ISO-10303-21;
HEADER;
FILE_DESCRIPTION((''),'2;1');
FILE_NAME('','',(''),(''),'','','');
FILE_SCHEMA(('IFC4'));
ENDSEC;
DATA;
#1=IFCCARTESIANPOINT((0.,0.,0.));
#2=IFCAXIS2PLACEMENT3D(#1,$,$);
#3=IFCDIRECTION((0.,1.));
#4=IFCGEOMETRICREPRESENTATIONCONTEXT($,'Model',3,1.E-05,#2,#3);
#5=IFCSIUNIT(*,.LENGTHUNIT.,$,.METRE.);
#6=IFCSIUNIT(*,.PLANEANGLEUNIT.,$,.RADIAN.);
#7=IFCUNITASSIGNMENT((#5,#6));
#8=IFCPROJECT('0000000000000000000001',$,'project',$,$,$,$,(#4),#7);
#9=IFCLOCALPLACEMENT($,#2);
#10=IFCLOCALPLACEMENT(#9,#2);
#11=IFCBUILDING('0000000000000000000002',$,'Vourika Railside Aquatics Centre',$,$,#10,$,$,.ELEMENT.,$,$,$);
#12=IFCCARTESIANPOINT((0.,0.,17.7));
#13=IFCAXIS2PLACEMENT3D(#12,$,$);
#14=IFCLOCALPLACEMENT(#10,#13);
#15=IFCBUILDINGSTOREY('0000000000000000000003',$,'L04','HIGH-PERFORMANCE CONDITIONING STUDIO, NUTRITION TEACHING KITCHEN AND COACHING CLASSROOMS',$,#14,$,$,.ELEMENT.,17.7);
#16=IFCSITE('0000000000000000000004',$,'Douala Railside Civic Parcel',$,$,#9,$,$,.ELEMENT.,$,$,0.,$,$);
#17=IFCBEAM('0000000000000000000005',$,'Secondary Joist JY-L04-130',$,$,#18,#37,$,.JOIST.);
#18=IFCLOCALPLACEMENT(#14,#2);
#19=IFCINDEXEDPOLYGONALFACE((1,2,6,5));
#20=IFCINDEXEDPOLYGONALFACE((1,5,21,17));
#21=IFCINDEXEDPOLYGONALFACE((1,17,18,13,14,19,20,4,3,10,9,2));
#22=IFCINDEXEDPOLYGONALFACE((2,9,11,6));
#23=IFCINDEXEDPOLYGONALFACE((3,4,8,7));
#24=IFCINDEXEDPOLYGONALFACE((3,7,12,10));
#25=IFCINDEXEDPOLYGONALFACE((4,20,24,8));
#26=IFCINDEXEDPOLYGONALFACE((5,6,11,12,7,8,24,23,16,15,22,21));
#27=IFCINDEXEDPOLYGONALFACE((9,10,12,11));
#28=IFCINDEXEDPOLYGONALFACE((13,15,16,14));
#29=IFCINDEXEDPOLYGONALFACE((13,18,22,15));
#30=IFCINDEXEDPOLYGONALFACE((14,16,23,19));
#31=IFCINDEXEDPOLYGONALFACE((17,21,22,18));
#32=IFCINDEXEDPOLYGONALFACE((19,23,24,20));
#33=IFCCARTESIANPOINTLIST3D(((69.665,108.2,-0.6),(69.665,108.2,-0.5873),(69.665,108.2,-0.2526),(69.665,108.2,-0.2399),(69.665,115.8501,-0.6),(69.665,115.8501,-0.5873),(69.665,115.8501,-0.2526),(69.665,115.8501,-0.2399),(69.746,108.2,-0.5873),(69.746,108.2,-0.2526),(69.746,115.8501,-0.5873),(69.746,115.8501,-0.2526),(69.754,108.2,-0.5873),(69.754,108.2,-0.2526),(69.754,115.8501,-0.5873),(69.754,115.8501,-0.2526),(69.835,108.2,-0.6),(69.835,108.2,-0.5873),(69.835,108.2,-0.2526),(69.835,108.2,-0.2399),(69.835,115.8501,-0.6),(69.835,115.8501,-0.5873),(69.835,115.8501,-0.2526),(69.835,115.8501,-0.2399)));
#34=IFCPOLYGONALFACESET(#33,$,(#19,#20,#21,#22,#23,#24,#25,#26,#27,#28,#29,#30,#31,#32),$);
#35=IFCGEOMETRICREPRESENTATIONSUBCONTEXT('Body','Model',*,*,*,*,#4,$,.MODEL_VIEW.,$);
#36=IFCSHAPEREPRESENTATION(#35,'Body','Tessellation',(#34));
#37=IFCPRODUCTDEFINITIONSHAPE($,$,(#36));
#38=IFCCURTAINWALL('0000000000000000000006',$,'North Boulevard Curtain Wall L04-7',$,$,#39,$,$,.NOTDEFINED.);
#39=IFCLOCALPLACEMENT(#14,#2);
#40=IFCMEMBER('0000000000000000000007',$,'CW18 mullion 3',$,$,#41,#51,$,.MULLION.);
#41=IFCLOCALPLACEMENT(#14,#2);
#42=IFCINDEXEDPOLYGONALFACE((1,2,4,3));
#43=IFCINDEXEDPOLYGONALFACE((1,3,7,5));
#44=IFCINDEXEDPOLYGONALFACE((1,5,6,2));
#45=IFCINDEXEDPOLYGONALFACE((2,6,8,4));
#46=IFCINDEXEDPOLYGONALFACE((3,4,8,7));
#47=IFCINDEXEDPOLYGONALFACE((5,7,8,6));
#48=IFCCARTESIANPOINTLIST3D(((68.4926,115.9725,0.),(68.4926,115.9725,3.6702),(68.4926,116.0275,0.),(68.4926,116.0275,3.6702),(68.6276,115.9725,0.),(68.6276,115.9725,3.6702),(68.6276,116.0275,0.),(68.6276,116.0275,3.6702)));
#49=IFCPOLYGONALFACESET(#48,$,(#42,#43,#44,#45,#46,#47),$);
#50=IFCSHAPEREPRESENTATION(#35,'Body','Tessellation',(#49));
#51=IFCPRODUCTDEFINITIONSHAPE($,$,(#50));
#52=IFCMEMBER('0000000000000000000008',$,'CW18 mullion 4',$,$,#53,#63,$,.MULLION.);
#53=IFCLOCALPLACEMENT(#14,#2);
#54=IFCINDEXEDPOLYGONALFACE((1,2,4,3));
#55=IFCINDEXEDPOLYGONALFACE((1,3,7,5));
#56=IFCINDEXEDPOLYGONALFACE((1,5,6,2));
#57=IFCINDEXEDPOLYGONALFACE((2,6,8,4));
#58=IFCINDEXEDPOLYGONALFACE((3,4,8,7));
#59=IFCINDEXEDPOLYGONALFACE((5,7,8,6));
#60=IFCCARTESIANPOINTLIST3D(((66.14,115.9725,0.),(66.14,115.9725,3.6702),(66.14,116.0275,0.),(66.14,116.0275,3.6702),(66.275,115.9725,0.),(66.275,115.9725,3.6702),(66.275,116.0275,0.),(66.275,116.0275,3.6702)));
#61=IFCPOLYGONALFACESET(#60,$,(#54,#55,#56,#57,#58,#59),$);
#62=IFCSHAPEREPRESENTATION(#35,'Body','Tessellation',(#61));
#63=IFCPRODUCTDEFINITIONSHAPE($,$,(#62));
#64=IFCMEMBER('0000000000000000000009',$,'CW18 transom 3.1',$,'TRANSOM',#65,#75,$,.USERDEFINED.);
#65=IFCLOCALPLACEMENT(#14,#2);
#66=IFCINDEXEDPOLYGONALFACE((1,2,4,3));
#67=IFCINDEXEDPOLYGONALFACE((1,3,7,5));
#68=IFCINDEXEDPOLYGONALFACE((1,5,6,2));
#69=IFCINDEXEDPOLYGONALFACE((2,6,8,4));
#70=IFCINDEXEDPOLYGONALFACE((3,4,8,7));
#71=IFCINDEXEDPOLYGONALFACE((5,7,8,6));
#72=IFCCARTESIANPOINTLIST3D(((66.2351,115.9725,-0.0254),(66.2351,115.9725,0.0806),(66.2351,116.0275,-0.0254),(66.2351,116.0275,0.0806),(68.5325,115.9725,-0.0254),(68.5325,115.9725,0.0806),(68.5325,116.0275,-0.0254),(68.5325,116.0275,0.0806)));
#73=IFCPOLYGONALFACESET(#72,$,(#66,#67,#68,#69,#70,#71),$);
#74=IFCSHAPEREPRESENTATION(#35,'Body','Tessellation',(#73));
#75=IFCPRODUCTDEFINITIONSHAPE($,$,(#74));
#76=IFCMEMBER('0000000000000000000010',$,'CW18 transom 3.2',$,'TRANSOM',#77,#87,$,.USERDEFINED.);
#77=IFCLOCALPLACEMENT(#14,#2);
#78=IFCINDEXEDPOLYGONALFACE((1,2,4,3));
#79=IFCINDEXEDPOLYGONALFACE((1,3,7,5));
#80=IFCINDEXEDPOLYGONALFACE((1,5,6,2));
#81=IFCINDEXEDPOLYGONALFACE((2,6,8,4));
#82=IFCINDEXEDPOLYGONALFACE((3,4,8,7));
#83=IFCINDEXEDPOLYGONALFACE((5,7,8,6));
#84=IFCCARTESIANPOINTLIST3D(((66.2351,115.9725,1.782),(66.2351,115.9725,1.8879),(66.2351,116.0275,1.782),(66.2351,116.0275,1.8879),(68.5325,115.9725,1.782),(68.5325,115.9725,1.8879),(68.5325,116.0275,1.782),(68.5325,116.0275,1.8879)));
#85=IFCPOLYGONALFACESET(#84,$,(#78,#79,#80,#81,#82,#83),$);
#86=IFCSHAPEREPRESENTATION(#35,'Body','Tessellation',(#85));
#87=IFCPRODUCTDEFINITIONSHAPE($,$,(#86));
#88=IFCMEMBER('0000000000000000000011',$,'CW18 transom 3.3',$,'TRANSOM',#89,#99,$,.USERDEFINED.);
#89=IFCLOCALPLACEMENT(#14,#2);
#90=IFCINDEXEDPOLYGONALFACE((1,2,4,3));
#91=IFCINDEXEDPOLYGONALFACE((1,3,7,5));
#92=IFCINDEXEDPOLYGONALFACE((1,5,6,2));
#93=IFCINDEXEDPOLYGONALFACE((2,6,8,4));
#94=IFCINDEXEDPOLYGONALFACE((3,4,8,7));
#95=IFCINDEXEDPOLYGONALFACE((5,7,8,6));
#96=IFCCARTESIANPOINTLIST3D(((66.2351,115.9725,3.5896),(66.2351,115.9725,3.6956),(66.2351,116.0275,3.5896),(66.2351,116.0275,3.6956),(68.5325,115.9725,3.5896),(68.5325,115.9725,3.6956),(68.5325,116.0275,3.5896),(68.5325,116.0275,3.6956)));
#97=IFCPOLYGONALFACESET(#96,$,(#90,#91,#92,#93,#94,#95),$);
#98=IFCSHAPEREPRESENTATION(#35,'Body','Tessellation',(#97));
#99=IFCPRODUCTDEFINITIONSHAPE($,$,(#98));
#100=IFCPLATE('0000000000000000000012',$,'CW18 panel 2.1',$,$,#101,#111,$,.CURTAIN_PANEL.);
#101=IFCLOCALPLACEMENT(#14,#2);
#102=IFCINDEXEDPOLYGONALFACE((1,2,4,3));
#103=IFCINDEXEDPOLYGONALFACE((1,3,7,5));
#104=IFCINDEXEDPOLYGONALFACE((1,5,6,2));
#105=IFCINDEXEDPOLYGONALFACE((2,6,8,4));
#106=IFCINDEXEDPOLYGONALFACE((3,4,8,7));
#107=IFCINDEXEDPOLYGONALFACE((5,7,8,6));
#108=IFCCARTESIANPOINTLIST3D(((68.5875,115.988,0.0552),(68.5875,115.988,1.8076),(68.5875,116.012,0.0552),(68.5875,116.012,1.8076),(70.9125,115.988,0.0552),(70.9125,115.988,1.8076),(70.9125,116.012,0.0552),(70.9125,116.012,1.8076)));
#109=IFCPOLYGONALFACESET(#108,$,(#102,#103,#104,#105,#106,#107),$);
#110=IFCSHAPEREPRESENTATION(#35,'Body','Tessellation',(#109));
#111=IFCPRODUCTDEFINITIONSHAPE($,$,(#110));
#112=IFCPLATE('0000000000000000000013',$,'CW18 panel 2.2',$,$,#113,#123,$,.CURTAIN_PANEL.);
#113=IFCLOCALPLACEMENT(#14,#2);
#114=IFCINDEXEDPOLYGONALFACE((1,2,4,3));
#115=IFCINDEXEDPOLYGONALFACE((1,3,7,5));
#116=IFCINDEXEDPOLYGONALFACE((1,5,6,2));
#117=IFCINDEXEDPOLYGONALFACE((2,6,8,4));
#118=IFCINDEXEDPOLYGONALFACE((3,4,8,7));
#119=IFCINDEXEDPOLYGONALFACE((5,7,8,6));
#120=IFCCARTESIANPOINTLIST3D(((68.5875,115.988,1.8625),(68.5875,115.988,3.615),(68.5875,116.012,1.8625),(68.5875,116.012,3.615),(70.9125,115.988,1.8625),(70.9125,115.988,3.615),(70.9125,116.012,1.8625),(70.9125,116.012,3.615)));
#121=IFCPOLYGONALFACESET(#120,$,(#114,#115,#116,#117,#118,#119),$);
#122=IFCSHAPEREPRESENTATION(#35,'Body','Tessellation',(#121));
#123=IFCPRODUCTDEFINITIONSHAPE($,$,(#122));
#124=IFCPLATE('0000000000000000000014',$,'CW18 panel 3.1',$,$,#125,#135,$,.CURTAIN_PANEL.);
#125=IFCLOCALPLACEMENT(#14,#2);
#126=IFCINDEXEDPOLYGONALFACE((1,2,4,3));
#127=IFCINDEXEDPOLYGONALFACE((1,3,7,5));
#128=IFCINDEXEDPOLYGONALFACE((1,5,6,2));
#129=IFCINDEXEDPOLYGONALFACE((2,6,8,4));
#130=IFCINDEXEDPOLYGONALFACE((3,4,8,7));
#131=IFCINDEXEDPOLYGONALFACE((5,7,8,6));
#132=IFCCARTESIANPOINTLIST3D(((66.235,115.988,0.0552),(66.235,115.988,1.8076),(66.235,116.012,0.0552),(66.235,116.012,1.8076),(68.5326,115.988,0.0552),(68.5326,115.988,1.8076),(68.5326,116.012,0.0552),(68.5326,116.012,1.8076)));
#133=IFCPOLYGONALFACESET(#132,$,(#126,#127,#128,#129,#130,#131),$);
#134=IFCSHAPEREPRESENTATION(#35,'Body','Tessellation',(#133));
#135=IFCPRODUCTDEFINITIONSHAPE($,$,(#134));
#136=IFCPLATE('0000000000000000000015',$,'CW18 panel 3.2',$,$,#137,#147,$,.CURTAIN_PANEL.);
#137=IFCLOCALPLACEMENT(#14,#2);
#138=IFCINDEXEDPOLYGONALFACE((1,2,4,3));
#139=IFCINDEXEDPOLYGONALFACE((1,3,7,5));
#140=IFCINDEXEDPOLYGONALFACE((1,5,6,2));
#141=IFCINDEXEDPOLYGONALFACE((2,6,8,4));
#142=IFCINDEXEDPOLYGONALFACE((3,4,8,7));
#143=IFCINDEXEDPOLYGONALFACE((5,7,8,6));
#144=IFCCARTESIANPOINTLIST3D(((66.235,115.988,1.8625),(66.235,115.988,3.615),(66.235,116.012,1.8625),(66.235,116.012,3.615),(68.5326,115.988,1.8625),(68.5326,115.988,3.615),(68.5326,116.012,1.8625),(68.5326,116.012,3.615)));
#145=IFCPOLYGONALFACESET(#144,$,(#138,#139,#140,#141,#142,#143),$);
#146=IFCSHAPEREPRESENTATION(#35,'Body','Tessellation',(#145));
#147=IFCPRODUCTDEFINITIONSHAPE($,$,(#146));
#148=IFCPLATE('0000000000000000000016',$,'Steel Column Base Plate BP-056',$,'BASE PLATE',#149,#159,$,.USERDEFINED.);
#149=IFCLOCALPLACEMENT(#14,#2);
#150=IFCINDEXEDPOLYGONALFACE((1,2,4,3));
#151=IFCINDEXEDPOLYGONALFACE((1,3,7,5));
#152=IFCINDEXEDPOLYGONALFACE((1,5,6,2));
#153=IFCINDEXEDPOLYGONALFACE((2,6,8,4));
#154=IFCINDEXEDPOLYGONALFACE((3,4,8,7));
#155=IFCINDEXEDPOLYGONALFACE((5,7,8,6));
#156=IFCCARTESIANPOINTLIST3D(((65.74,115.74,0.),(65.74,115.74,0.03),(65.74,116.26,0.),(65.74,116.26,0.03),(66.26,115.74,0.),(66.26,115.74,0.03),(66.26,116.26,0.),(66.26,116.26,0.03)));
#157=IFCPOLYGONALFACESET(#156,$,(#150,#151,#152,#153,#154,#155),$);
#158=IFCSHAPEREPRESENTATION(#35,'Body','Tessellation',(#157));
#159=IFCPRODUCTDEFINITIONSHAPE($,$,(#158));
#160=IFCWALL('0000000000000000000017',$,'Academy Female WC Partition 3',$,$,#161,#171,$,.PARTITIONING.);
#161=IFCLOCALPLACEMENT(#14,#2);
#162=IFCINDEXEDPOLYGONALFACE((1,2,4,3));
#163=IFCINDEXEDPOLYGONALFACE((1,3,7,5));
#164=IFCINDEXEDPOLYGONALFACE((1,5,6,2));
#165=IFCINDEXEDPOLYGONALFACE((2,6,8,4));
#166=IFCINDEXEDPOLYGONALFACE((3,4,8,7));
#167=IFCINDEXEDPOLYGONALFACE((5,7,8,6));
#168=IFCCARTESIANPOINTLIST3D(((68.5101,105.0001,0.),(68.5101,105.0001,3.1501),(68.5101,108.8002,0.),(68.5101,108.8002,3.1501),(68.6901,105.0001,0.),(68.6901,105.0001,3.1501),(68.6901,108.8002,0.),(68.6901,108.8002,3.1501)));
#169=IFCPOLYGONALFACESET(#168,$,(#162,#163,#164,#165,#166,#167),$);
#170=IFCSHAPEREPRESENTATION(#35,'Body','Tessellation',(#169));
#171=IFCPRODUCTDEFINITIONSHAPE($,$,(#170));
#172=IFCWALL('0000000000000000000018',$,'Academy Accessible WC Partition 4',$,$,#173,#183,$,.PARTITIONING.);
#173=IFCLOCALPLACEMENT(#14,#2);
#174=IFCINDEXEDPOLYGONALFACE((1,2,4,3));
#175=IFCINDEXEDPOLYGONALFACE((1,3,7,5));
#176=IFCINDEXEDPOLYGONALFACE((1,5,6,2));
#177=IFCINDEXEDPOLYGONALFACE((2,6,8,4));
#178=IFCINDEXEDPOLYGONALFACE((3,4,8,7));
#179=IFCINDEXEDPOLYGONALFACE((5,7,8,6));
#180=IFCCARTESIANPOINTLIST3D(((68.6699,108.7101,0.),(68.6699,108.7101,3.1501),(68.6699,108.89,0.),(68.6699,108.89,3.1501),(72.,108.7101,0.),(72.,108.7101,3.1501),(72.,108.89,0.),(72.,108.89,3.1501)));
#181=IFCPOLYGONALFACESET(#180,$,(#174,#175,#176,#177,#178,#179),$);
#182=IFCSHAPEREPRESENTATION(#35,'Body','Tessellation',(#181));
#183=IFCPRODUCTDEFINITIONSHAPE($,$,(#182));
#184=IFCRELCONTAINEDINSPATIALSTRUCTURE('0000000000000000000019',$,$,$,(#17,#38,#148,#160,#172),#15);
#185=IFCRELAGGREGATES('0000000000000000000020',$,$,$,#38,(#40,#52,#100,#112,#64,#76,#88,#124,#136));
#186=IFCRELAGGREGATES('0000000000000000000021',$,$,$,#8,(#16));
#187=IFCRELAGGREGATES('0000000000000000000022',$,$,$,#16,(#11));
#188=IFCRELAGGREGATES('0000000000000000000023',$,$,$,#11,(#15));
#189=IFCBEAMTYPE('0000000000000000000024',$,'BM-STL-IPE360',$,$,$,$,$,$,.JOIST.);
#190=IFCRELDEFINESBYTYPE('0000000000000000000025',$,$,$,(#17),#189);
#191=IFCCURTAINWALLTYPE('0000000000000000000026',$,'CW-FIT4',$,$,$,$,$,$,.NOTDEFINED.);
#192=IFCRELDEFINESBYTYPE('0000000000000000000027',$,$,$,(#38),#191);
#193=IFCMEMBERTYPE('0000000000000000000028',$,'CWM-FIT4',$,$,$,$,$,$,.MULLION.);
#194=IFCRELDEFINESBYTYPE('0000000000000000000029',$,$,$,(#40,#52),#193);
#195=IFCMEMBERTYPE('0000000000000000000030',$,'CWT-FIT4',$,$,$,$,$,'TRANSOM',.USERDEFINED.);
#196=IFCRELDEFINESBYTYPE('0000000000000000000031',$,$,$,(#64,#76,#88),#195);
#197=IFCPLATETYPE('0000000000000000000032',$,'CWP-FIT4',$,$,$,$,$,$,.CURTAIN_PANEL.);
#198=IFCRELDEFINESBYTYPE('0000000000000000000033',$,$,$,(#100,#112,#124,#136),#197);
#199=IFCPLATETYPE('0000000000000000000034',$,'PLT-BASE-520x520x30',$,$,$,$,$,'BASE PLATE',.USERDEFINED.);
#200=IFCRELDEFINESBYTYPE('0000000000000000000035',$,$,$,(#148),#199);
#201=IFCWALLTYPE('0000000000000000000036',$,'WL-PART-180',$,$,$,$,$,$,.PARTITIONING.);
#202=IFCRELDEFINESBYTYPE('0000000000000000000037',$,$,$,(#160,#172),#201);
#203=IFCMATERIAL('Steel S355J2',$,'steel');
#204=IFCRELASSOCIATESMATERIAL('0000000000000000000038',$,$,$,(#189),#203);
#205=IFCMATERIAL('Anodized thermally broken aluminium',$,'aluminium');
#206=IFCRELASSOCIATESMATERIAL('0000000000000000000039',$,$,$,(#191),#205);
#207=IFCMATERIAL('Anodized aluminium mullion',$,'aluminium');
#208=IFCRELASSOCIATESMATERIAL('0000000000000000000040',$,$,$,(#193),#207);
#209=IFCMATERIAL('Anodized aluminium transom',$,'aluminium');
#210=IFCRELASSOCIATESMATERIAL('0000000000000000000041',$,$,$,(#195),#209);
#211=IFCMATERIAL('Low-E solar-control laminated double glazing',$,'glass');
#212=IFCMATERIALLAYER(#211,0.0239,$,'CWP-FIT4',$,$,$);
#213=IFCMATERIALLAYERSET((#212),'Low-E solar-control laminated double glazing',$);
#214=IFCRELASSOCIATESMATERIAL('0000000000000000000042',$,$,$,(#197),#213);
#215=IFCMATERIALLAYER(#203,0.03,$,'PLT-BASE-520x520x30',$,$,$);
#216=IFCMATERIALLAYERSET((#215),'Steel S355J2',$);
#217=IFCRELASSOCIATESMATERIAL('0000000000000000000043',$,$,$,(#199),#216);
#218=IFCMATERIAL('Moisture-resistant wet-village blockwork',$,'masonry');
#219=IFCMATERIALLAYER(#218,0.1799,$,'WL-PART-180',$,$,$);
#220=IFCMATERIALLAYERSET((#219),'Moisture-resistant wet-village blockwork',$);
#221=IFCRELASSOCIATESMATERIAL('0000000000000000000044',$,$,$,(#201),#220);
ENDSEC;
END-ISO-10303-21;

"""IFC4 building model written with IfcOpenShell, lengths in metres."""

from ifc_helpers import new_model, si_unit, direction, frame, frame_2d, origin, origin_2d, place, context, subcontext, project, spatial, rectangle, i_section, extrude, material, layer, layer_set, material_profile, profile_set, type_object, element, aggregate, save


model = new_model("IFC4")

# Units and contexts
model_context = context("Model", 3, precision=1e-05, world=origin(), true_north=direction((0.0, 1.0)))
body_context = subcontext(model_context, "Body", "Model", "MODEL_VIEW")
ifc_project = project(units=[si_unit("LENGTHUNIT", "METRE"), si_unit("PLANEANGLEUNIT", "RADIAN")], contexts=[model_context])

# Site, building, storey
site_placement = place(None, origin())
site = spatial("IfcSite", under=ifc_project, at=site_placement, Name="Douala Railside Civic Parcel", CompositionType="ELEMENT", RefElevation=0.0)
building_placement = place(site_placement, origin())
building = spatial("IfcBuilding", under=site, at=building_placement, Name="Vourika Railside Aquatics Centre", CompositionType="ELEMENT")
storey_placement = place(building_placement, frame((0.0, 0.0, 17.7)))
storey = spatial("IfcBuildingStorey", under=building, at=storey_placement, Name="L04", Description="HIGH-PERFORMANCE CONDITIONING STUDIO, NUTRITION TEACHING KITCHEN AND COACHING CLASSROOMS", CompositionType="ELEMENT", Elevation=17.7)

# Beam
ifc_material_1 = material(Name="Steel S355J2", Category="steel")
ifc_material_profile_1 = material_profile(ifc_material_1, i_section(OverallWidth=0.1699, OverallDepth=0.3601, WebThickness=0.0081, FlangeThickness=0.0127, at=origin_2d()), Name="IPE 360")
ifc_profile_set_1 = profile_set([ifc_material_profile_1], Name="Steel S355J2")
beam_type = type_object("IfcBeamType", Name="BM-STL-IPE360", PredefinedType="JOIST", material=ifc_profile_set_1)
beam_placement = place(storey_placement, frame((69.75, 108.2, -0.4199), z_axis=(0.0, 1.0, 0.0), x_axis=(-1.0, 0.0, 0.0)))
element("IfcBeam", 1, at=beam_placement, inside=storey, type_object=beam_type, Name="Secondary Joist JY-L04-130", PredefinedType="JOIST", context=body_context, shape_type="SweptSolid", body=[
    extrude(i_section(OverallWidth=0.1699, OverallDepth=0.3601, WebThickness=0.0081, FlangeThickness=0.0127, at=origin_2d()), origin(), (0.0, 0.0, 1.0), 7.6501),
])

# Curtain wall, members, plates
ifc_material_2 = material(Name="Anodized thermally broken aluminium", Category="aluminium")
curtain_wall_type = type_object("IfcCurtainWallType", Name="CW-FIT4", PredefinedType="NOTDEFINED", material=ifc_material_2)
curtain_wall_placement = place(storey_placement, origin())
curtain_wall = element("IfcCurtainWall", 2, at=curtain_wall_placement, inside=storey, type_object=curtain_wall_type, Name="North Boulevard Curtain Wall L04-7", PredefinedType="NOTDEFINED")
ifc_material_3 = material(Name="Anodized aluminium mullion", Category="aluminium")
ifc_material_profile_2 = material_profile(ifc_material_3, rectangle(XDim=0.0549, YDim=0.135, at=origin_2d()), Name="ALU-M 55x135")
ifc_profile_set_2 = profile_set([ifc_material_profile_2], Name="Anodized aluminium mullion")
member_type_1 = type_object("IfcMemberType", Name="CWM-FIT4", PredefinedType="MULLION", material=ifc_profile_set_2)
member_1_placement = place(storey_placement, frame((68.5601, 116.0, 0.0), z_axis=(0.0, 0.0, 1.0), x_axis=(0.0, -1.0, 0.0)))
member_1 = element("IfcMember", 3, at=member_1_placement, type_object=member_type_1, Name="CW18 mullion 3", PredefinedType="MULLION", context=body_context, shape_type="SweptSolid", body=[
    extrude(rectangle(XDim=0.0549, YDim=0.135, at=origin_2d()), origin(), (0.0, 0.0, 1.0), 3.6702),
])
member_2_placement = place(storey_placement, frame((66.2075, 116.0, 0.0), z_axis=(0.0, 0.0, 1.0), x_axis=(0.0, -1.0, 0.0)))
member_2 = element("IfcMember", 4, at=member_2_placement, type_object=member_type_1, Name="CW18 mullion 4", PredefinedType="MULLION", context=body_context, shape_type="SweptSolid", body=[
    extrude(rectangle(XDim=0.0549, YDim=0.135, at=origin_2d()), origin(), (0.0, 0.0, 1.0), 3.6702),
])
ifc_material_4 = material(Name="Anodized aluminium transom", Category="aluminium")
ifc_material_profile_3 = material_profile(ifc_material_4, rectangle(XDim=0.0549, YDim=0.106, at=origin_2d()), Name="ALU-T 55x106")
ifc_profile_set_3 = profile_set([ifc_material_profile_3], Name="Anodized aluminium transom")
member_type_2 = type_object("IfcMemberType", Name="CWT-FIT4", ElementType="TRANSOM", PredefinedType="USERDEFINED", material=ifc_profile_set_3)
member_3_placement = place(storey_placement, frame((68.5325, 116.0, 0.0276), z_axis=(-1.0, 0.0, 0.0), x_axis=(0.0, -1.0, 0.0)))
member_3 = element("IfcMember", 5, at=member_3_placement, type_object=member_type_2, Name="CW18 transom 3.1", ObjectType="TRANSOM", PredefinedType="USERDEFINED", context=body_context, shape_type="SweptSolid", body=[
    extrude(rectangle(XDim=0.0549, YDim=0.106, at=origin_2d()), origin(), (0.0, 0.0, 1.0), 2.2974),
])
member_4_placement = place(storey_placement, frame((68.5325, 116.0, 1.835), z_axis=(-1.0, 0.0, 0.0), x_axis=(0.0, -1.0, 0.0)))
member_4 = element("IfcMember", 6, at=member_4_placement, type_object=member_type_2, Name="CW18 transom 3.2", ObjectType="TRANSOM", PredefinedType="USERDEFINED", context=body_context, shape_type="SweptSolid", body=[
    extrude(rectangle(XDim=0.0549, YDim=0.106, at=origin_2d()), origin(), (0.0, 0.0, 1.0), 2.2974),
])
member_5_placement = place(storey_placement, frame((68.5325, 116.0, 3.6426), z_axis=(-1.0, 0.0, 0.0), x_axis=(0.0, -1.0, 0.0)))
member_5 = element("IfcMember", 7, at=member_5_placement, type_object=member_type_2, Name="CW18 transom 3.3", ObjectType="TRANSOM", PredefinedType="USERDEFINED", context=body_context, shape_type="SweptSolid", body=[
    extrude(rectangle(XDim=0.0549, YDim=0.106, at=origin_2d()), origin(), (0.0, 0.0, 1.0), 2.2974),
])
ifc_material_5 = material(Name="Low-E solar-control laminated double glazing", Category="glass")
ifc_layer_1 = layer(ifc_material_5, 0.0239, Name="CWP-FIT4")
ifc_layer_set_1 = layer_set([ifc_layer_1], Name="Low-E solar-control laminated double glazing")
plate_type_1 = type_object("IfcPlateType", Name="CWP-FIT4", PredefinedType="CURTAIN_PANEL", material=ifc_layer_set_1)
plate_1_placement = place(storey_placement, frame((69.75, 116.0, 0.0552), z_axis=(0.0, 0.0, 1.0), x_axis=(-1.0, 0.0, 0.0)))
plate_1 = element("IfcPlate", 8, at=plate_1_placement, type_object=plate_type_1, Name="CW18 panel 2.1", PredefinedType="CURTAIN_PANEL", context=body_context, shape_type="SweptSolid", body=[
    extrude(rectangle(XDim=2.325, YDim=0.0239, at=origin_2d()), origin(), (0.0, 0.0, 1.0), 1.7524),
])
plate_2_placement = place(storey_placement, frame((69.75, 116.0, 1.8625), z_axis=(0.0, 0.0, 1.0), x_axis=(-1.0, 0.0, 0.0)))
plate_2 = element("IfcPlate", 9, at=plate_2_placement, type_object=plate_type_1, Name="CW18 panel 2.2", PredefinedType="CURTAIN_PANEL", context=body_context, shape_type="SweptSolid", body=[
    extrude(rectangle(XDim=2.325, YDim=0.0239, at=origin_2d()), origin(), (0.0, 0.0, 1.0), 1.7524),
])
plate_3_placement = place(storey_placement, frame((67.3838, 116.0, 0.0552), z_axis=(0.0, 0.0, 1.0), x_axis=(-1.0, 0.0, 0.0)))
plate_3 = element("IfcPlate", 10, at=plate_3_placement, type_object=plate_type_1, Name="CW18 panel 3.1", PredefinedType="CURTAIN_PANEL", context=body_context, shape_type="SweptSolid", body=[
    extrude(rectangle(XDim=2.2976, YDim=0.0239, at=origin_2d()), origin(), (0.0, 0.0, 1.0), 1.7524),
])
plate_4_placement = place(storey_placement, frame((67.3838, 116.0, 1.8625), z_axis=(0.0, 0.0, 1.0), x_axis=(-1.0, 0.0, 0.0)))
plate_4 = element("IfcPlate", 11, at=plate_4_placement, type_object=plate_type_1, Name="CW18 panel 3.2", PredefinedType="CURTAIN_PANEL", context=body_context, shape_type="SweptSolid", body=[
    extrude(rectangle(XDim=2.2976, YDim=0.0239, at=origin_2d()), origin(), (0.0, 0.0, 1.0), 1.7524),
])
aggregate(curtain_wall, [member_1, member_2, plate_1, plate_2, member_3, member_4, member_5, plate_3, plate_4])

# Plate
ifc_layer_2 = layer(ifc_material_1, 0.03, Name="PLT-BASE-520x520x30")
ifc_layer_set_2 = layer_set([ifc_layer_2], Name="Steel S355J2")
plate_type_2 = type_object("IfcPlateType", Name="PLT-BASE-520x520x30", ElementType="BASE PLATE", PredefinedType="USERDEFINED", material=ifc_layer_set_2)
plate_5_placement = place(storey_placement, frame((66.0, 116.0, 0.0), z_axis=(0.0, 0.0, 1.0), x_axis=(1.0, 0.0, 0.0)))
element("IfcPlate", 12, at=plate_5_placement, inside=storey, type_object=plate_type_2, Name="Steel Column Base Plate BP-056", ObjectType="BASE PLATE", PredefinedType="USERDEFINED", context=body_context, shape_type="SweptSolid", body=[
    extrude(rectangle(XDim=0.52, YDim=0.52, at=origin_2d()), origin(), (0.0, 0.0, 1.0), 0.03),
])

# Walls
ifc_material_6 = material(Name="Moisture-resistant wet-village blockwork", Category="masonry")
ifc_layer_3 = layer(ifc_material_6, 0.1799, Name="WL-PART-180")
ifc_layer_set_3 = layer_set([ifc_layer_3], Name="Moisture-resistant wet-village blockwork")
wall_type = type_object("IfcWallType", Name="WL-PART-180", PredefinedType="PARTITIONING", material=ifc_layer_set_3)
wall_1_placement = place(storey_placement, frame((68.6001, 108.8, 0.0), z_axis=(0.0, 0.0, 1.0), x_axis=(0.0, -1.0, 0.0)))
element("IfcWall", 13, at=wall_1_placement, inside=storey, type_object=wall_type, Name="Academy Female WC Partition 3", PredefinedType="PARTITIONING", context=body_context, shape_type="SweptSolid", body=[
    extrude(rectangle(XDim=3.8, YDim=0.1799, at=frame_2d((1.8999, 0.0))), origin(), (0.0, 0.0, 1.0), 3.1501),
])
wall_2_placement = place(storey_placement, frame((68.6699, 108.8, 0.0), z_axis=(0.0, 0.0, 1.0), x_axis=(1.0, 0.0, 0.0)))
element("IfcWall", 14, at=wall_2_placement, inside=storey, type_object=wall_type, Name="Academy Accessible WC Partition 4", PredefinedType="PARTITIONING", context=body_context, shape_type="SweptSolid", body=[
    extrude(rectangle(XDim=3.3301, YDim=0.1799, at=frame_2d((1.665, 0.0))), origin(), (0.0, 0.0, 1.0), 3.1501),
])

save(model, "model.ifc")
